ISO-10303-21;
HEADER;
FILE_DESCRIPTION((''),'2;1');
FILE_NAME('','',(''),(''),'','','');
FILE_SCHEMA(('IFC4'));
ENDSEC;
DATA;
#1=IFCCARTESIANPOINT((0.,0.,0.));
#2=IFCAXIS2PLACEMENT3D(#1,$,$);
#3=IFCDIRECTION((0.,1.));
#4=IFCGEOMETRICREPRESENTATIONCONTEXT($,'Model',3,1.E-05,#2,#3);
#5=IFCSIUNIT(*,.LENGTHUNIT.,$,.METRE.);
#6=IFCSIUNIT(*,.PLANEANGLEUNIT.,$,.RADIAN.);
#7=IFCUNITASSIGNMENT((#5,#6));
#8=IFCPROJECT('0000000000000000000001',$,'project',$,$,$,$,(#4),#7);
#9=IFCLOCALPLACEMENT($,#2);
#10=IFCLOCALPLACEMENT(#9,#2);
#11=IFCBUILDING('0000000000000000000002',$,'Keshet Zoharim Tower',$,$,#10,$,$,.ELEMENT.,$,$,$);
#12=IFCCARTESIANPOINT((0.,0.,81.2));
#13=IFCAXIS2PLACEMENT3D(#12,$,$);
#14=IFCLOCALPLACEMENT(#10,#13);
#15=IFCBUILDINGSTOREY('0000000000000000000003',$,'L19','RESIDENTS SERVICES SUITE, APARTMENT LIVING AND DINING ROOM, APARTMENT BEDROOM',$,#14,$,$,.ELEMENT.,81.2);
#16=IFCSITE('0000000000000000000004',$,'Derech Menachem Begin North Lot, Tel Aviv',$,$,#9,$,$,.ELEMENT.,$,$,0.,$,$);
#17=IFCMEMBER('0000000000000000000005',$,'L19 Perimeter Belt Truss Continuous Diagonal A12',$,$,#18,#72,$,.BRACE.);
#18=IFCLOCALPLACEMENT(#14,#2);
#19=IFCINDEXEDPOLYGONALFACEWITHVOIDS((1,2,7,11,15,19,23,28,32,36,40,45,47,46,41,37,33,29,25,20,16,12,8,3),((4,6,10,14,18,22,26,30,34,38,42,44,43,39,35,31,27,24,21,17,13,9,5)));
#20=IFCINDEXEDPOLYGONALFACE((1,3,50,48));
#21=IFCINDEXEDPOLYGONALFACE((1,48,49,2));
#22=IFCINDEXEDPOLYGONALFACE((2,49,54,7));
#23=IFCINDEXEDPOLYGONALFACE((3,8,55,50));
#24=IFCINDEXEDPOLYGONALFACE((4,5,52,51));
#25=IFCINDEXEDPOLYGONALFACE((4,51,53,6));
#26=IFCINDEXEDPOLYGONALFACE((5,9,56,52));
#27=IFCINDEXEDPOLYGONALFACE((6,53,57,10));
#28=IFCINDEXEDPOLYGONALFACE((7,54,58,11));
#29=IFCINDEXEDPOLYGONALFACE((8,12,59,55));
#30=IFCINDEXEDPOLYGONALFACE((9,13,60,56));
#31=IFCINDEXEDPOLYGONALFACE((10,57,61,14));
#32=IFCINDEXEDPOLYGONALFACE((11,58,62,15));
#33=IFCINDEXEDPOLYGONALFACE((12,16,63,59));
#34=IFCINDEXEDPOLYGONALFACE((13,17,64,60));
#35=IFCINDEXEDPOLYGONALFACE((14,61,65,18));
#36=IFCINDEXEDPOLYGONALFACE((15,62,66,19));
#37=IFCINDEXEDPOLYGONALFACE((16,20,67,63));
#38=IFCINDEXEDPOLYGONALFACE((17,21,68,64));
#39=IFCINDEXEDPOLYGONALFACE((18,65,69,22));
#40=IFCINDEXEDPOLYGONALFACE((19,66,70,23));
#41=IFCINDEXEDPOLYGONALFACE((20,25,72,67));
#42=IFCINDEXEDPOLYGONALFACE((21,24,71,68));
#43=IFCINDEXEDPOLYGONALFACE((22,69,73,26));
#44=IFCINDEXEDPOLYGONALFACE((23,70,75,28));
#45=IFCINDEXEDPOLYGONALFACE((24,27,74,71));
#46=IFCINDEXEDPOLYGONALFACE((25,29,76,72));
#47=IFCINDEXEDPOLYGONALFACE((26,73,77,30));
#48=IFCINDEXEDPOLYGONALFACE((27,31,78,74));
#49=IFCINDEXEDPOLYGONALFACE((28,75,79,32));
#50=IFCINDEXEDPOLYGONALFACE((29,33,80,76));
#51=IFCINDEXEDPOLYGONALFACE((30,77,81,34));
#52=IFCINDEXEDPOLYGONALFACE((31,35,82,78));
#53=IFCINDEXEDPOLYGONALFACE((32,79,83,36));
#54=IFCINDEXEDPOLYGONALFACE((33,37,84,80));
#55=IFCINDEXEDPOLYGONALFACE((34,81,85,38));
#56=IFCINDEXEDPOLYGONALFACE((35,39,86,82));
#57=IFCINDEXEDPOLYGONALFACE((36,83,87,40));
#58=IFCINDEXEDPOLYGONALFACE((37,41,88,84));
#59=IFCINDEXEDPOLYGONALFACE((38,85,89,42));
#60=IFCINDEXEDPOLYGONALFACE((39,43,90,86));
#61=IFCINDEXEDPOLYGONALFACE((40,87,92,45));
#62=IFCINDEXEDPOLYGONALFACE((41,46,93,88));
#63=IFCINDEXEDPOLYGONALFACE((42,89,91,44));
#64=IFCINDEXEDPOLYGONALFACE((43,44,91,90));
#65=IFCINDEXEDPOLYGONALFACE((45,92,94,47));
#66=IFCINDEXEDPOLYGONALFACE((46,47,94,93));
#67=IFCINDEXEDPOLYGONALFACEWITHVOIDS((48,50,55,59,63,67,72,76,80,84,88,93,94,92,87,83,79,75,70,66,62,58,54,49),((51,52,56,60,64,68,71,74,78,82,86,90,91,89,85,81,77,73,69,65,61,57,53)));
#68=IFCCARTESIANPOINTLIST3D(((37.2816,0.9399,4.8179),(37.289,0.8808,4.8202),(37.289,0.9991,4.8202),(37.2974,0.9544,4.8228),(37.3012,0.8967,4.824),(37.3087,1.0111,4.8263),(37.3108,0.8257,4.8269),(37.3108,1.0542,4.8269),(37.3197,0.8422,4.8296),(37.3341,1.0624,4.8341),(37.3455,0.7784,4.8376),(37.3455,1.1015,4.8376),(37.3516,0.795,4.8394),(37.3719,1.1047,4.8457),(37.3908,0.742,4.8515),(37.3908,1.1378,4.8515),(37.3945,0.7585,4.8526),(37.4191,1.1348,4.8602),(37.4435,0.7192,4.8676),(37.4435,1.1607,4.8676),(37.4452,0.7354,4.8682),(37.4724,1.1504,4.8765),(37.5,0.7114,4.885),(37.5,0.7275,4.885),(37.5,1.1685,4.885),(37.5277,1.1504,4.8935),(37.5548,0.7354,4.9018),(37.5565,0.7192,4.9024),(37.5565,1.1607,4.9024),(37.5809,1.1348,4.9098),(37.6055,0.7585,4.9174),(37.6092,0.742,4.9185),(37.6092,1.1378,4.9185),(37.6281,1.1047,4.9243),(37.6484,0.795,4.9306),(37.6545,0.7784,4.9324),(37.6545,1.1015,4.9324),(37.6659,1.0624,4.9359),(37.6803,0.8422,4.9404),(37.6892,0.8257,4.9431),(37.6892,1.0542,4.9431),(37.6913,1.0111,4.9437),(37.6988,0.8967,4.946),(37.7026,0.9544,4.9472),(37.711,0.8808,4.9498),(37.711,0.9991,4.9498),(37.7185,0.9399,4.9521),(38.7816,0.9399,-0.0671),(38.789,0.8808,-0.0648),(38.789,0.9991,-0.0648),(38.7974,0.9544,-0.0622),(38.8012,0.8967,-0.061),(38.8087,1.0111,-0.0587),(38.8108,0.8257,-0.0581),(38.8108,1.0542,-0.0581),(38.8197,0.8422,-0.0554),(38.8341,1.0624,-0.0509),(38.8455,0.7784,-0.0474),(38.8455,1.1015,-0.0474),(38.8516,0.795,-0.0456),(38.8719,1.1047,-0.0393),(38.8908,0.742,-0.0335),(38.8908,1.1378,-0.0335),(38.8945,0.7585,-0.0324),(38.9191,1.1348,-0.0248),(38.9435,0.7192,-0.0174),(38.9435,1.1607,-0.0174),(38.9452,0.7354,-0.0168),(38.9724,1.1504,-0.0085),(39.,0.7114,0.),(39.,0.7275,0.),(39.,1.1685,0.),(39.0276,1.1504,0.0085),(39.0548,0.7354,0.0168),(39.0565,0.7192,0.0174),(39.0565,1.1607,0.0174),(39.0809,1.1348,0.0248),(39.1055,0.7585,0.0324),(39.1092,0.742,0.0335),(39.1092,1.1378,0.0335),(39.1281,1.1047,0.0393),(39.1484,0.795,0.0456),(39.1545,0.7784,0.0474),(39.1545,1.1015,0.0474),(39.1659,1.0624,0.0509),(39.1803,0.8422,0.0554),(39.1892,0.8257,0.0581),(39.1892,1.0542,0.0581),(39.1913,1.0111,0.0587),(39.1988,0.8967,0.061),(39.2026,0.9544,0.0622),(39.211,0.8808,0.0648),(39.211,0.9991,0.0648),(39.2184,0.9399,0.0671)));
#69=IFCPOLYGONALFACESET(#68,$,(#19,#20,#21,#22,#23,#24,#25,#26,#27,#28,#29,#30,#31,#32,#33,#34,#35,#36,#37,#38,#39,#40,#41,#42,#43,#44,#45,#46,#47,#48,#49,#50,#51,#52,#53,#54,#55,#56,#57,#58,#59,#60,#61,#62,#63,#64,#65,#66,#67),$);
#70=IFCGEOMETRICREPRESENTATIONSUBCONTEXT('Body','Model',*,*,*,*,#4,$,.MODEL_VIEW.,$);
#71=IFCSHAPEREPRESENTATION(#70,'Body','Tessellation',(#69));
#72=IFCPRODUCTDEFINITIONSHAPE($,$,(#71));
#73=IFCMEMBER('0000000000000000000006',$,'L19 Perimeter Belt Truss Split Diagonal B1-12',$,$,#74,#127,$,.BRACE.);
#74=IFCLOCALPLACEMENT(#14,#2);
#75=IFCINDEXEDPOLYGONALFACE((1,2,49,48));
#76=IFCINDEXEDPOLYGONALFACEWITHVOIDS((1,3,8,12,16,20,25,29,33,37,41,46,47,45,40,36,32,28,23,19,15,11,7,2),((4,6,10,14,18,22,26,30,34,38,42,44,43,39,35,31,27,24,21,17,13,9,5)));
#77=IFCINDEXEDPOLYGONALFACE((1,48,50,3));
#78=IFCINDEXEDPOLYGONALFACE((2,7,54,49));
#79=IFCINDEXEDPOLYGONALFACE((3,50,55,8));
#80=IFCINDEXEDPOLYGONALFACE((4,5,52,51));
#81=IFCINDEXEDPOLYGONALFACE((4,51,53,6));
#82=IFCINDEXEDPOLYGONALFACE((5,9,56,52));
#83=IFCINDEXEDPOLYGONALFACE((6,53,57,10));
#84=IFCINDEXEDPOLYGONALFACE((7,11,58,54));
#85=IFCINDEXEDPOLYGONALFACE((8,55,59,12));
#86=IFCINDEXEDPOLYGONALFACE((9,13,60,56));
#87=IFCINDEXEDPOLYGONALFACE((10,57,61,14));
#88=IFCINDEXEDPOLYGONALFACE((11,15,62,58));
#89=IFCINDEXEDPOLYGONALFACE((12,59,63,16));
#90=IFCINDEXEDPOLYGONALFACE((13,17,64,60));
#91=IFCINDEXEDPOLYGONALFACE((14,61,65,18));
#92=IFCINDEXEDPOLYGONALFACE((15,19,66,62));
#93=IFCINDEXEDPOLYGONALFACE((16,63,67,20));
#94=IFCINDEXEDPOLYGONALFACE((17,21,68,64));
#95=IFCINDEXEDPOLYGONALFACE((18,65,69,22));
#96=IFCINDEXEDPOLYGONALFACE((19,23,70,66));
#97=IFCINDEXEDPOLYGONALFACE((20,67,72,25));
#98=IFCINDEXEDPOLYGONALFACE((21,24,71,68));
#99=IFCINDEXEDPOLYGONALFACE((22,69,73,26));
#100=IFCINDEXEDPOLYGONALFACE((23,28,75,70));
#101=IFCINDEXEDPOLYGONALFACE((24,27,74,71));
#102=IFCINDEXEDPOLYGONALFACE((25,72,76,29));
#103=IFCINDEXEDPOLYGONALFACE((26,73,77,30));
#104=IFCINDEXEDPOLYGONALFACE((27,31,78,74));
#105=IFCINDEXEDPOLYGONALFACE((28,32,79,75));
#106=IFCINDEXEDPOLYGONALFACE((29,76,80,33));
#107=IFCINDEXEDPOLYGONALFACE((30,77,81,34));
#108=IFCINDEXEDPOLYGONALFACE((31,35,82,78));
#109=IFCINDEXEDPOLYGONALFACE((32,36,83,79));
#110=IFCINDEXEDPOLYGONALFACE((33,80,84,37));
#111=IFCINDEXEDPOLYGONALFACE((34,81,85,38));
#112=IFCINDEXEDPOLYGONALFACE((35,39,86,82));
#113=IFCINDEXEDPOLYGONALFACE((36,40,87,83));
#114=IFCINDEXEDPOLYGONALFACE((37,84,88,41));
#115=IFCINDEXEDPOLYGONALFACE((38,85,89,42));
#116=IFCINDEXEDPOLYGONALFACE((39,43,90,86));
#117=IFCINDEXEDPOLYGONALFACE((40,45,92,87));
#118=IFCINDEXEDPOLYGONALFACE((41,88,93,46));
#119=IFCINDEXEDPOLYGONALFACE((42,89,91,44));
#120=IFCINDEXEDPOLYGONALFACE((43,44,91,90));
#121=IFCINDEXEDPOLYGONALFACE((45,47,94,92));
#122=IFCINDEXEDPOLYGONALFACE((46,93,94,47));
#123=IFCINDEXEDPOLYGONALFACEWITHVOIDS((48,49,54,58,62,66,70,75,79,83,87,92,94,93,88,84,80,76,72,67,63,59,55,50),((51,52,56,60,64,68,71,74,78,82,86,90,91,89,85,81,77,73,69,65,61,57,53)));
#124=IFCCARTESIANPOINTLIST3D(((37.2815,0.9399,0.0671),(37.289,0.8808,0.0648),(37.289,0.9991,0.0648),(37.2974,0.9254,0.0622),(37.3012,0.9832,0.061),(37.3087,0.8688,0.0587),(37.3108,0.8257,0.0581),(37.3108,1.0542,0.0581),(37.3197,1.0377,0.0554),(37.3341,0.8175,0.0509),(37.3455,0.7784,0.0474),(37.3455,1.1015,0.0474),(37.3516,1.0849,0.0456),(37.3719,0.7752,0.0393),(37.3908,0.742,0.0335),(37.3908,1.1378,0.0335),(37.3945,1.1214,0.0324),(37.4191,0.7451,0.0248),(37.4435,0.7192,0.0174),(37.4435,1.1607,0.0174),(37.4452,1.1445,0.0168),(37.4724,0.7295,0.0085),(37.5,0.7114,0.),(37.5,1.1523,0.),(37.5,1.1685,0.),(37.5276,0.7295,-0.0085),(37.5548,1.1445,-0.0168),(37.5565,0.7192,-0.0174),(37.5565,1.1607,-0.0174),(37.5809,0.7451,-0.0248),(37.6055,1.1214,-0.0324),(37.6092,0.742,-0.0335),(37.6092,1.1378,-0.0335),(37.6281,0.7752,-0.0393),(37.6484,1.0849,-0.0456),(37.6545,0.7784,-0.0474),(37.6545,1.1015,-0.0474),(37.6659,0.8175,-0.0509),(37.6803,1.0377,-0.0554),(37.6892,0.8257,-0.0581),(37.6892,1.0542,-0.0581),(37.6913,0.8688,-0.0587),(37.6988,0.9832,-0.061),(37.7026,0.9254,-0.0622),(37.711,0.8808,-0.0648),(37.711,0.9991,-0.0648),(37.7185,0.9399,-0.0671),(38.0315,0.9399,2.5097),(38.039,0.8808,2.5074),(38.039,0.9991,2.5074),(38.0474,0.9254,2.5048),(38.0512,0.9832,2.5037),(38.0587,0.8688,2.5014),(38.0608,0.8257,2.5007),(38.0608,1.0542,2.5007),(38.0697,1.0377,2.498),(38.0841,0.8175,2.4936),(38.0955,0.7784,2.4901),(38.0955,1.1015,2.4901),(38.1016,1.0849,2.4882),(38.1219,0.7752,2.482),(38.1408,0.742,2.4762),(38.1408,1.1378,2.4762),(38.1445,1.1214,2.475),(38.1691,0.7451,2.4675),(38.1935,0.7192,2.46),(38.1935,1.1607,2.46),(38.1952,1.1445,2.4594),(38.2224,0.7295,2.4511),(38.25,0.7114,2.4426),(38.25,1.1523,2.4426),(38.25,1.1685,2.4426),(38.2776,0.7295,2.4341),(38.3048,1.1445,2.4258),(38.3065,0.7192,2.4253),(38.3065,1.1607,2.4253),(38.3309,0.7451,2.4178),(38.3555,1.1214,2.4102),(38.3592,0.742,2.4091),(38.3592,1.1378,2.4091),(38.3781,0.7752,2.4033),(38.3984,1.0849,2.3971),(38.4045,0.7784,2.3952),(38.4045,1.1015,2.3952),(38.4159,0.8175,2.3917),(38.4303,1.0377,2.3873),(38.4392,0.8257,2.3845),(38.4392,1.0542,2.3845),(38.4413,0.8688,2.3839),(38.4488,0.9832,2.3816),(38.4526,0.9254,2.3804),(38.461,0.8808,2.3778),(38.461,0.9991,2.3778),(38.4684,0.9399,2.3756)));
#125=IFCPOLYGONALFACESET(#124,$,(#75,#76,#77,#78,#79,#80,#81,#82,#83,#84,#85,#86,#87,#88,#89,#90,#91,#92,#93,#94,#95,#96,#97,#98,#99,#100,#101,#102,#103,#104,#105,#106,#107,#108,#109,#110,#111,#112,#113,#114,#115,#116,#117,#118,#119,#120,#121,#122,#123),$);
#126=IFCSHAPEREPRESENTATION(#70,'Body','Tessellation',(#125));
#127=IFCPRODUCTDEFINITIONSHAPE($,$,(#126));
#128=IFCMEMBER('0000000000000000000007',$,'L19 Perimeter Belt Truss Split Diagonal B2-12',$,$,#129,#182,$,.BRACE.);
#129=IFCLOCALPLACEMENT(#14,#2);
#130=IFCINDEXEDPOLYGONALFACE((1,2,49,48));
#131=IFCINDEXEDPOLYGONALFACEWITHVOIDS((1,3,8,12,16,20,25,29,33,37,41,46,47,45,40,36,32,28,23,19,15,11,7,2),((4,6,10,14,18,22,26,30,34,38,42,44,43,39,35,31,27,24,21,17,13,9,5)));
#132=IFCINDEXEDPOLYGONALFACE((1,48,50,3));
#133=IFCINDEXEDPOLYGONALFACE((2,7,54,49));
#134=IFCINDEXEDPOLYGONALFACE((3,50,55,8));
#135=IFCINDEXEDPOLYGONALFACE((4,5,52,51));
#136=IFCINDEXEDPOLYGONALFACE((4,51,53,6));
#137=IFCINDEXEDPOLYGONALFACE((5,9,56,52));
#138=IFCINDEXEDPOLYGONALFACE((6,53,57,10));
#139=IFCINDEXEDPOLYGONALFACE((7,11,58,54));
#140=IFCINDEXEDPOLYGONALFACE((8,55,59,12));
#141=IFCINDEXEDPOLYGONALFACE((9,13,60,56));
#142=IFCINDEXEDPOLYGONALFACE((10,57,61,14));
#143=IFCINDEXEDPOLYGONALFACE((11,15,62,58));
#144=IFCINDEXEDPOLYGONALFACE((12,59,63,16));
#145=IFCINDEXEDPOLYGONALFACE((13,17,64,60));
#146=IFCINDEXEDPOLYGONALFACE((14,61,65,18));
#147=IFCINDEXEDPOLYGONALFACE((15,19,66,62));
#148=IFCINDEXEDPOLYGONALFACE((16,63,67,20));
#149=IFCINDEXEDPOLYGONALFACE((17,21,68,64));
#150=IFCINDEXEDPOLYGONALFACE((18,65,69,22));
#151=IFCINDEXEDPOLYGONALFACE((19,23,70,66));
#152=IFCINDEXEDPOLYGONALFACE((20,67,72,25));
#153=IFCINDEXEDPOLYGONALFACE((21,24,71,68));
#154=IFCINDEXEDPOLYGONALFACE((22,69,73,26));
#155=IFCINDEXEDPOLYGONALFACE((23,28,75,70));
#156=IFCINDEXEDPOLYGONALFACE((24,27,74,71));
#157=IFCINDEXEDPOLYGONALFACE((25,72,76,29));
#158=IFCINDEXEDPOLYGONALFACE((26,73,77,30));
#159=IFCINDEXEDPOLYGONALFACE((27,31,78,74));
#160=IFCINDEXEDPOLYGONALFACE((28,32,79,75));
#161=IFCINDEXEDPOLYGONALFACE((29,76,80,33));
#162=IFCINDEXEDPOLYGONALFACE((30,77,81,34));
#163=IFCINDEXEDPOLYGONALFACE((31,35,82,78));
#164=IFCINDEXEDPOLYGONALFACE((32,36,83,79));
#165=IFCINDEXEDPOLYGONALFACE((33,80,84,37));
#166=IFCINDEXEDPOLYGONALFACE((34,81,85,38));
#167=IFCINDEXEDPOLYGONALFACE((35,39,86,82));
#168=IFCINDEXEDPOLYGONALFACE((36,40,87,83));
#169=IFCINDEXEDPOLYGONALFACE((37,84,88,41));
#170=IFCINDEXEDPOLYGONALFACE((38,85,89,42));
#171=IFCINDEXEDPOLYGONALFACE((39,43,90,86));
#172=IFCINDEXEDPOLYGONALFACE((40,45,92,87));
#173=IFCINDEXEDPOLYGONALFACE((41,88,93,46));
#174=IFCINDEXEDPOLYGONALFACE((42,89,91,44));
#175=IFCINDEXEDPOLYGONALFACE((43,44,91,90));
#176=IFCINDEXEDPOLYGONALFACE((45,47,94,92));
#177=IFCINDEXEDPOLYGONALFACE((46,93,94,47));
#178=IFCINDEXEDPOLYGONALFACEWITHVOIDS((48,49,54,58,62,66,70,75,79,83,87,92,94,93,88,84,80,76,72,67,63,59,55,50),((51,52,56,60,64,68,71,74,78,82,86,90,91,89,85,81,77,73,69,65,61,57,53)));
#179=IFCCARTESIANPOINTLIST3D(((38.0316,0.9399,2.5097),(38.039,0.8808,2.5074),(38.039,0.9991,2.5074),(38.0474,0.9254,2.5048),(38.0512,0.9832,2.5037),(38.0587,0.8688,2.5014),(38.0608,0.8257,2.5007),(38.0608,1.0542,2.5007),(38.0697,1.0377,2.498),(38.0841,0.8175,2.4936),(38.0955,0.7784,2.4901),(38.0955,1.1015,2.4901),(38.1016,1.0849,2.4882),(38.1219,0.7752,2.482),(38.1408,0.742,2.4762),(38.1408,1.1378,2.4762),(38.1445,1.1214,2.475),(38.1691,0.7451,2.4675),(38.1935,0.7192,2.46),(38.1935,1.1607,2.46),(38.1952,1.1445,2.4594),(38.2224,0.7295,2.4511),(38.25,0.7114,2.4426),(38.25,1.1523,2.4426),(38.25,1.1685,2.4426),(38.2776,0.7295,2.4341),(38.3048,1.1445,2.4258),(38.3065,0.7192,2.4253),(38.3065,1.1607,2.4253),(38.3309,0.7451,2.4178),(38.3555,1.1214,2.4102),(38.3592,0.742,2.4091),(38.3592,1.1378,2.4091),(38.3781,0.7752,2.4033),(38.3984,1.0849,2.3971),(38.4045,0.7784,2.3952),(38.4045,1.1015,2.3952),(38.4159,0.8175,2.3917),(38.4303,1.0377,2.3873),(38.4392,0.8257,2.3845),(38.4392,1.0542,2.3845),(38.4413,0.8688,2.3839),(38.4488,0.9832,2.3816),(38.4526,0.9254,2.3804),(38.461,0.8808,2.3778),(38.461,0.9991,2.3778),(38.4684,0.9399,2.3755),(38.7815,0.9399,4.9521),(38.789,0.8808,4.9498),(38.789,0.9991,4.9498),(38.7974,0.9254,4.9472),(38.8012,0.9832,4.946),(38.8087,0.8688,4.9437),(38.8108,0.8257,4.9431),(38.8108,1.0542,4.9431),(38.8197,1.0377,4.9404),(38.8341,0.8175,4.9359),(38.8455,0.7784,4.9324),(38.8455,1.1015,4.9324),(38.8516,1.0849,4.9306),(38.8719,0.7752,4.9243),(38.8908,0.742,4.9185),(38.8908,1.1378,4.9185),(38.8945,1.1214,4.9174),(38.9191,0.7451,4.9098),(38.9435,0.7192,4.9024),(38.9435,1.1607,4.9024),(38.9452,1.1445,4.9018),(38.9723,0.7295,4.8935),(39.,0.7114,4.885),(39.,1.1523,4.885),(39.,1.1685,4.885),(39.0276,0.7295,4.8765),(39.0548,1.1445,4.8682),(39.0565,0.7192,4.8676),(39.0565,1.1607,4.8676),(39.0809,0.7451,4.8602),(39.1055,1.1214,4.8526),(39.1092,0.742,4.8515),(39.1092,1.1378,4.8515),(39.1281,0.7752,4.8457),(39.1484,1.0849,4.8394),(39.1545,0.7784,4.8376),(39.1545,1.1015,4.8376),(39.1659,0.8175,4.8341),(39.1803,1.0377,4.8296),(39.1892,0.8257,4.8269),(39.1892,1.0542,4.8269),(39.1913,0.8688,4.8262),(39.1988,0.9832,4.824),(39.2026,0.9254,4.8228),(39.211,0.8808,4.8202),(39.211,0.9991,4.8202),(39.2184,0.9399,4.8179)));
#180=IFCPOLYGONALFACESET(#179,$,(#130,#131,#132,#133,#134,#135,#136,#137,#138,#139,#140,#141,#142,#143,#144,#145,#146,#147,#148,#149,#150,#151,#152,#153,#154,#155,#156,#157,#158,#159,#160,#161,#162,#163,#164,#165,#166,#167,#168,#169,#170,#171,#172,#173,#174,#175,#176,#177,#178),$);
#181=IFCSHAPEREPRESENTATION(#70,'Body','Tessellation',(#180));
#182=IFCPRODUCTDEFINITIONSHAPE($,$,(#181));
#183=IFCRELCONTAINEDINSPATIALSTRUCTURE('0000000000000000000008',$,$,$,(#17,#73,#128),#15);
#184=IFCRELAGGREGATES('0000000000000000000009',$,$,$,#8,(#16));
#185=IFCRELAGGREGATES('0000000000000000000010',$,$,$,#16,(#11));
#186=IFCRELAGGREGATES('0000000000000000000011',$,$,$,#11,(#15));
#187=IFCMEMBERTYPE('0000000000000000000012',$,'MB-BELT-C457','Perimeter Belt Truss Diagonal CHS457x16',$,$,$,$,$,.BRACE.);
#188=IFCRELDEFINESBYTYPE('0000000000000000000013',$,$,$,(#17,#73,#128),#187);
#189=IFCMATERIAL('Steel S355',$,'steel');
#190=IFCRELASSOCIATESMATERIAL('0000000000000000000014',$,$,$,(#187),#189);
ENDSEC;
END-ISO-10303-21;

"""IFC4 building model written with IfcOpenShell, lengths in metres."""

from ifc_helpers import new_model, si_unit, direction, frame, origin, origin_2d, place, context, subcontext, project, spatial, hollow_circle, extrude, material, material_profile, profile_set, type_object, element, save


model = new_model("IFC4")

# Units and contexts
model_context = context("Model", 3, precision=1e-05, world=origin(), true_north=direction((0.0, 1.0)))
body_context = subcontext(model_context, "Body", "Model", "MODEL_VIEW")
ifc_project = project(units=[si_unit("LENGTHUNIT", "METRE"), si_unit("PLANEANGLEUNIT", "RADIAN")], contexts=[model_context])

# Site, building, storey
site_placement = place(None, origin())
site = spatial("IfcSite", under=ifc_project, at=site_placement, Name="Derech Menachem Begin North Lot, Tel Aviv", CompositionType="ELEMENT", RefElevation=0.0)
building_placement = place(site_placement, origin())
building = spatial("IfcBuilding", under=site, at=building_placement, Name="Keshet Zoharim Tower", CompositionType="ELEMENT")
storey_placement = place(building_placement, frame((0.0, 0.0, 81.2)))
storey = spatial("IfcBuildingStorey", under=building, at=storey_placement, Name="L19", Description="RESIDENTS SERVICES SUITE, APARTMENT LIVING AND DINING ROOM, APARTMENT BEDROOM", CompositionType="ELEMENT", Elevation=81.2)

# Shared definitions
ifc_material_1 = material(Name="Steel S355", Category="steel")

# Members
ifc_material_profile_1 = material_profile(ifc_material_1, hollow_circle(Radius=0.2285, WallThickness=0.0161, at=origin_2d()), Name="CHS457x16")
ifc_profile_set_1 = profile_set([ifc_material_profile_1], Name="Steel S355")
member_type_1 = type_object("IfcMemberType", Name="MB-BELT-C457", Description="Perimeter Belt Truss Diagonal CHS457x16", PredefinedType="BRACE", material=ifc_profile_set_1)
member_1_placement = place(storey_placement, frame((39.0, 0.9399, 0.0), z_axis=(-0.293535, 0.0, 0.955948), x_axis=(0.0, -1.0, 0.0)))
element("IfcMember", 1, at=member_1_placement, inside=storey, type_object=member_type_1, Name="L19 Perimeter Belt Truss Continuous Diagonal A12", PredefinedType="BRACE", context=body_context, shape_type="SweptSolid", body=[
    extrude(hollow_circle(Radius=0.2285, WallThickness=0.0161, at=origin_2d()), origin(), (0.0, 0.0, 1.0), 5.1101),
])
member_2_placement = place(storey_placement, frame((37.5, 0.9399, 0.0), z_axis=(0.293522, 0.0, 0.955952), x_axis=(0.0, 1.0, 0.0)))
element("IfcMember", 2, at=member_2_placement, inside=storey, type_object=member_type_1, Name="L19 Perimeter Belt Truss Split Diagonal B1-12", PredefinedType="BRACE", context=body_context, shape_type="SweptSolid", body=[
    extrude(hollow_circle(Radius=0.2285, WallThickness=0.0161, at=origin_2d()), origin(), (0.0, 0.0, 1.0), 2.5552),
])
member_3_placement = place(storey_placement, frame((38.25, 0.9399, 2.4426), z_axis=(0.293549, 0.0, 0.955944), x_axis=(0.0, 1.0, 0.0)))
element("IfcMember", 3, at=member_3_placement, inside=storey, type_object=member_type_1, Name="L19 Perimeter Belt Truss Split Diagonal B2-12", PredefinedType="BRACE", context=body_context, shape_type="SweptSolid", body=[
    extrude(hollow_circle(Radius=0.2285, WallThickness=0.0161, at=origin_2d()), origin(), (0.0, 0.0, 1.0), 2.5549),
])

save(model, "model.ifc")
